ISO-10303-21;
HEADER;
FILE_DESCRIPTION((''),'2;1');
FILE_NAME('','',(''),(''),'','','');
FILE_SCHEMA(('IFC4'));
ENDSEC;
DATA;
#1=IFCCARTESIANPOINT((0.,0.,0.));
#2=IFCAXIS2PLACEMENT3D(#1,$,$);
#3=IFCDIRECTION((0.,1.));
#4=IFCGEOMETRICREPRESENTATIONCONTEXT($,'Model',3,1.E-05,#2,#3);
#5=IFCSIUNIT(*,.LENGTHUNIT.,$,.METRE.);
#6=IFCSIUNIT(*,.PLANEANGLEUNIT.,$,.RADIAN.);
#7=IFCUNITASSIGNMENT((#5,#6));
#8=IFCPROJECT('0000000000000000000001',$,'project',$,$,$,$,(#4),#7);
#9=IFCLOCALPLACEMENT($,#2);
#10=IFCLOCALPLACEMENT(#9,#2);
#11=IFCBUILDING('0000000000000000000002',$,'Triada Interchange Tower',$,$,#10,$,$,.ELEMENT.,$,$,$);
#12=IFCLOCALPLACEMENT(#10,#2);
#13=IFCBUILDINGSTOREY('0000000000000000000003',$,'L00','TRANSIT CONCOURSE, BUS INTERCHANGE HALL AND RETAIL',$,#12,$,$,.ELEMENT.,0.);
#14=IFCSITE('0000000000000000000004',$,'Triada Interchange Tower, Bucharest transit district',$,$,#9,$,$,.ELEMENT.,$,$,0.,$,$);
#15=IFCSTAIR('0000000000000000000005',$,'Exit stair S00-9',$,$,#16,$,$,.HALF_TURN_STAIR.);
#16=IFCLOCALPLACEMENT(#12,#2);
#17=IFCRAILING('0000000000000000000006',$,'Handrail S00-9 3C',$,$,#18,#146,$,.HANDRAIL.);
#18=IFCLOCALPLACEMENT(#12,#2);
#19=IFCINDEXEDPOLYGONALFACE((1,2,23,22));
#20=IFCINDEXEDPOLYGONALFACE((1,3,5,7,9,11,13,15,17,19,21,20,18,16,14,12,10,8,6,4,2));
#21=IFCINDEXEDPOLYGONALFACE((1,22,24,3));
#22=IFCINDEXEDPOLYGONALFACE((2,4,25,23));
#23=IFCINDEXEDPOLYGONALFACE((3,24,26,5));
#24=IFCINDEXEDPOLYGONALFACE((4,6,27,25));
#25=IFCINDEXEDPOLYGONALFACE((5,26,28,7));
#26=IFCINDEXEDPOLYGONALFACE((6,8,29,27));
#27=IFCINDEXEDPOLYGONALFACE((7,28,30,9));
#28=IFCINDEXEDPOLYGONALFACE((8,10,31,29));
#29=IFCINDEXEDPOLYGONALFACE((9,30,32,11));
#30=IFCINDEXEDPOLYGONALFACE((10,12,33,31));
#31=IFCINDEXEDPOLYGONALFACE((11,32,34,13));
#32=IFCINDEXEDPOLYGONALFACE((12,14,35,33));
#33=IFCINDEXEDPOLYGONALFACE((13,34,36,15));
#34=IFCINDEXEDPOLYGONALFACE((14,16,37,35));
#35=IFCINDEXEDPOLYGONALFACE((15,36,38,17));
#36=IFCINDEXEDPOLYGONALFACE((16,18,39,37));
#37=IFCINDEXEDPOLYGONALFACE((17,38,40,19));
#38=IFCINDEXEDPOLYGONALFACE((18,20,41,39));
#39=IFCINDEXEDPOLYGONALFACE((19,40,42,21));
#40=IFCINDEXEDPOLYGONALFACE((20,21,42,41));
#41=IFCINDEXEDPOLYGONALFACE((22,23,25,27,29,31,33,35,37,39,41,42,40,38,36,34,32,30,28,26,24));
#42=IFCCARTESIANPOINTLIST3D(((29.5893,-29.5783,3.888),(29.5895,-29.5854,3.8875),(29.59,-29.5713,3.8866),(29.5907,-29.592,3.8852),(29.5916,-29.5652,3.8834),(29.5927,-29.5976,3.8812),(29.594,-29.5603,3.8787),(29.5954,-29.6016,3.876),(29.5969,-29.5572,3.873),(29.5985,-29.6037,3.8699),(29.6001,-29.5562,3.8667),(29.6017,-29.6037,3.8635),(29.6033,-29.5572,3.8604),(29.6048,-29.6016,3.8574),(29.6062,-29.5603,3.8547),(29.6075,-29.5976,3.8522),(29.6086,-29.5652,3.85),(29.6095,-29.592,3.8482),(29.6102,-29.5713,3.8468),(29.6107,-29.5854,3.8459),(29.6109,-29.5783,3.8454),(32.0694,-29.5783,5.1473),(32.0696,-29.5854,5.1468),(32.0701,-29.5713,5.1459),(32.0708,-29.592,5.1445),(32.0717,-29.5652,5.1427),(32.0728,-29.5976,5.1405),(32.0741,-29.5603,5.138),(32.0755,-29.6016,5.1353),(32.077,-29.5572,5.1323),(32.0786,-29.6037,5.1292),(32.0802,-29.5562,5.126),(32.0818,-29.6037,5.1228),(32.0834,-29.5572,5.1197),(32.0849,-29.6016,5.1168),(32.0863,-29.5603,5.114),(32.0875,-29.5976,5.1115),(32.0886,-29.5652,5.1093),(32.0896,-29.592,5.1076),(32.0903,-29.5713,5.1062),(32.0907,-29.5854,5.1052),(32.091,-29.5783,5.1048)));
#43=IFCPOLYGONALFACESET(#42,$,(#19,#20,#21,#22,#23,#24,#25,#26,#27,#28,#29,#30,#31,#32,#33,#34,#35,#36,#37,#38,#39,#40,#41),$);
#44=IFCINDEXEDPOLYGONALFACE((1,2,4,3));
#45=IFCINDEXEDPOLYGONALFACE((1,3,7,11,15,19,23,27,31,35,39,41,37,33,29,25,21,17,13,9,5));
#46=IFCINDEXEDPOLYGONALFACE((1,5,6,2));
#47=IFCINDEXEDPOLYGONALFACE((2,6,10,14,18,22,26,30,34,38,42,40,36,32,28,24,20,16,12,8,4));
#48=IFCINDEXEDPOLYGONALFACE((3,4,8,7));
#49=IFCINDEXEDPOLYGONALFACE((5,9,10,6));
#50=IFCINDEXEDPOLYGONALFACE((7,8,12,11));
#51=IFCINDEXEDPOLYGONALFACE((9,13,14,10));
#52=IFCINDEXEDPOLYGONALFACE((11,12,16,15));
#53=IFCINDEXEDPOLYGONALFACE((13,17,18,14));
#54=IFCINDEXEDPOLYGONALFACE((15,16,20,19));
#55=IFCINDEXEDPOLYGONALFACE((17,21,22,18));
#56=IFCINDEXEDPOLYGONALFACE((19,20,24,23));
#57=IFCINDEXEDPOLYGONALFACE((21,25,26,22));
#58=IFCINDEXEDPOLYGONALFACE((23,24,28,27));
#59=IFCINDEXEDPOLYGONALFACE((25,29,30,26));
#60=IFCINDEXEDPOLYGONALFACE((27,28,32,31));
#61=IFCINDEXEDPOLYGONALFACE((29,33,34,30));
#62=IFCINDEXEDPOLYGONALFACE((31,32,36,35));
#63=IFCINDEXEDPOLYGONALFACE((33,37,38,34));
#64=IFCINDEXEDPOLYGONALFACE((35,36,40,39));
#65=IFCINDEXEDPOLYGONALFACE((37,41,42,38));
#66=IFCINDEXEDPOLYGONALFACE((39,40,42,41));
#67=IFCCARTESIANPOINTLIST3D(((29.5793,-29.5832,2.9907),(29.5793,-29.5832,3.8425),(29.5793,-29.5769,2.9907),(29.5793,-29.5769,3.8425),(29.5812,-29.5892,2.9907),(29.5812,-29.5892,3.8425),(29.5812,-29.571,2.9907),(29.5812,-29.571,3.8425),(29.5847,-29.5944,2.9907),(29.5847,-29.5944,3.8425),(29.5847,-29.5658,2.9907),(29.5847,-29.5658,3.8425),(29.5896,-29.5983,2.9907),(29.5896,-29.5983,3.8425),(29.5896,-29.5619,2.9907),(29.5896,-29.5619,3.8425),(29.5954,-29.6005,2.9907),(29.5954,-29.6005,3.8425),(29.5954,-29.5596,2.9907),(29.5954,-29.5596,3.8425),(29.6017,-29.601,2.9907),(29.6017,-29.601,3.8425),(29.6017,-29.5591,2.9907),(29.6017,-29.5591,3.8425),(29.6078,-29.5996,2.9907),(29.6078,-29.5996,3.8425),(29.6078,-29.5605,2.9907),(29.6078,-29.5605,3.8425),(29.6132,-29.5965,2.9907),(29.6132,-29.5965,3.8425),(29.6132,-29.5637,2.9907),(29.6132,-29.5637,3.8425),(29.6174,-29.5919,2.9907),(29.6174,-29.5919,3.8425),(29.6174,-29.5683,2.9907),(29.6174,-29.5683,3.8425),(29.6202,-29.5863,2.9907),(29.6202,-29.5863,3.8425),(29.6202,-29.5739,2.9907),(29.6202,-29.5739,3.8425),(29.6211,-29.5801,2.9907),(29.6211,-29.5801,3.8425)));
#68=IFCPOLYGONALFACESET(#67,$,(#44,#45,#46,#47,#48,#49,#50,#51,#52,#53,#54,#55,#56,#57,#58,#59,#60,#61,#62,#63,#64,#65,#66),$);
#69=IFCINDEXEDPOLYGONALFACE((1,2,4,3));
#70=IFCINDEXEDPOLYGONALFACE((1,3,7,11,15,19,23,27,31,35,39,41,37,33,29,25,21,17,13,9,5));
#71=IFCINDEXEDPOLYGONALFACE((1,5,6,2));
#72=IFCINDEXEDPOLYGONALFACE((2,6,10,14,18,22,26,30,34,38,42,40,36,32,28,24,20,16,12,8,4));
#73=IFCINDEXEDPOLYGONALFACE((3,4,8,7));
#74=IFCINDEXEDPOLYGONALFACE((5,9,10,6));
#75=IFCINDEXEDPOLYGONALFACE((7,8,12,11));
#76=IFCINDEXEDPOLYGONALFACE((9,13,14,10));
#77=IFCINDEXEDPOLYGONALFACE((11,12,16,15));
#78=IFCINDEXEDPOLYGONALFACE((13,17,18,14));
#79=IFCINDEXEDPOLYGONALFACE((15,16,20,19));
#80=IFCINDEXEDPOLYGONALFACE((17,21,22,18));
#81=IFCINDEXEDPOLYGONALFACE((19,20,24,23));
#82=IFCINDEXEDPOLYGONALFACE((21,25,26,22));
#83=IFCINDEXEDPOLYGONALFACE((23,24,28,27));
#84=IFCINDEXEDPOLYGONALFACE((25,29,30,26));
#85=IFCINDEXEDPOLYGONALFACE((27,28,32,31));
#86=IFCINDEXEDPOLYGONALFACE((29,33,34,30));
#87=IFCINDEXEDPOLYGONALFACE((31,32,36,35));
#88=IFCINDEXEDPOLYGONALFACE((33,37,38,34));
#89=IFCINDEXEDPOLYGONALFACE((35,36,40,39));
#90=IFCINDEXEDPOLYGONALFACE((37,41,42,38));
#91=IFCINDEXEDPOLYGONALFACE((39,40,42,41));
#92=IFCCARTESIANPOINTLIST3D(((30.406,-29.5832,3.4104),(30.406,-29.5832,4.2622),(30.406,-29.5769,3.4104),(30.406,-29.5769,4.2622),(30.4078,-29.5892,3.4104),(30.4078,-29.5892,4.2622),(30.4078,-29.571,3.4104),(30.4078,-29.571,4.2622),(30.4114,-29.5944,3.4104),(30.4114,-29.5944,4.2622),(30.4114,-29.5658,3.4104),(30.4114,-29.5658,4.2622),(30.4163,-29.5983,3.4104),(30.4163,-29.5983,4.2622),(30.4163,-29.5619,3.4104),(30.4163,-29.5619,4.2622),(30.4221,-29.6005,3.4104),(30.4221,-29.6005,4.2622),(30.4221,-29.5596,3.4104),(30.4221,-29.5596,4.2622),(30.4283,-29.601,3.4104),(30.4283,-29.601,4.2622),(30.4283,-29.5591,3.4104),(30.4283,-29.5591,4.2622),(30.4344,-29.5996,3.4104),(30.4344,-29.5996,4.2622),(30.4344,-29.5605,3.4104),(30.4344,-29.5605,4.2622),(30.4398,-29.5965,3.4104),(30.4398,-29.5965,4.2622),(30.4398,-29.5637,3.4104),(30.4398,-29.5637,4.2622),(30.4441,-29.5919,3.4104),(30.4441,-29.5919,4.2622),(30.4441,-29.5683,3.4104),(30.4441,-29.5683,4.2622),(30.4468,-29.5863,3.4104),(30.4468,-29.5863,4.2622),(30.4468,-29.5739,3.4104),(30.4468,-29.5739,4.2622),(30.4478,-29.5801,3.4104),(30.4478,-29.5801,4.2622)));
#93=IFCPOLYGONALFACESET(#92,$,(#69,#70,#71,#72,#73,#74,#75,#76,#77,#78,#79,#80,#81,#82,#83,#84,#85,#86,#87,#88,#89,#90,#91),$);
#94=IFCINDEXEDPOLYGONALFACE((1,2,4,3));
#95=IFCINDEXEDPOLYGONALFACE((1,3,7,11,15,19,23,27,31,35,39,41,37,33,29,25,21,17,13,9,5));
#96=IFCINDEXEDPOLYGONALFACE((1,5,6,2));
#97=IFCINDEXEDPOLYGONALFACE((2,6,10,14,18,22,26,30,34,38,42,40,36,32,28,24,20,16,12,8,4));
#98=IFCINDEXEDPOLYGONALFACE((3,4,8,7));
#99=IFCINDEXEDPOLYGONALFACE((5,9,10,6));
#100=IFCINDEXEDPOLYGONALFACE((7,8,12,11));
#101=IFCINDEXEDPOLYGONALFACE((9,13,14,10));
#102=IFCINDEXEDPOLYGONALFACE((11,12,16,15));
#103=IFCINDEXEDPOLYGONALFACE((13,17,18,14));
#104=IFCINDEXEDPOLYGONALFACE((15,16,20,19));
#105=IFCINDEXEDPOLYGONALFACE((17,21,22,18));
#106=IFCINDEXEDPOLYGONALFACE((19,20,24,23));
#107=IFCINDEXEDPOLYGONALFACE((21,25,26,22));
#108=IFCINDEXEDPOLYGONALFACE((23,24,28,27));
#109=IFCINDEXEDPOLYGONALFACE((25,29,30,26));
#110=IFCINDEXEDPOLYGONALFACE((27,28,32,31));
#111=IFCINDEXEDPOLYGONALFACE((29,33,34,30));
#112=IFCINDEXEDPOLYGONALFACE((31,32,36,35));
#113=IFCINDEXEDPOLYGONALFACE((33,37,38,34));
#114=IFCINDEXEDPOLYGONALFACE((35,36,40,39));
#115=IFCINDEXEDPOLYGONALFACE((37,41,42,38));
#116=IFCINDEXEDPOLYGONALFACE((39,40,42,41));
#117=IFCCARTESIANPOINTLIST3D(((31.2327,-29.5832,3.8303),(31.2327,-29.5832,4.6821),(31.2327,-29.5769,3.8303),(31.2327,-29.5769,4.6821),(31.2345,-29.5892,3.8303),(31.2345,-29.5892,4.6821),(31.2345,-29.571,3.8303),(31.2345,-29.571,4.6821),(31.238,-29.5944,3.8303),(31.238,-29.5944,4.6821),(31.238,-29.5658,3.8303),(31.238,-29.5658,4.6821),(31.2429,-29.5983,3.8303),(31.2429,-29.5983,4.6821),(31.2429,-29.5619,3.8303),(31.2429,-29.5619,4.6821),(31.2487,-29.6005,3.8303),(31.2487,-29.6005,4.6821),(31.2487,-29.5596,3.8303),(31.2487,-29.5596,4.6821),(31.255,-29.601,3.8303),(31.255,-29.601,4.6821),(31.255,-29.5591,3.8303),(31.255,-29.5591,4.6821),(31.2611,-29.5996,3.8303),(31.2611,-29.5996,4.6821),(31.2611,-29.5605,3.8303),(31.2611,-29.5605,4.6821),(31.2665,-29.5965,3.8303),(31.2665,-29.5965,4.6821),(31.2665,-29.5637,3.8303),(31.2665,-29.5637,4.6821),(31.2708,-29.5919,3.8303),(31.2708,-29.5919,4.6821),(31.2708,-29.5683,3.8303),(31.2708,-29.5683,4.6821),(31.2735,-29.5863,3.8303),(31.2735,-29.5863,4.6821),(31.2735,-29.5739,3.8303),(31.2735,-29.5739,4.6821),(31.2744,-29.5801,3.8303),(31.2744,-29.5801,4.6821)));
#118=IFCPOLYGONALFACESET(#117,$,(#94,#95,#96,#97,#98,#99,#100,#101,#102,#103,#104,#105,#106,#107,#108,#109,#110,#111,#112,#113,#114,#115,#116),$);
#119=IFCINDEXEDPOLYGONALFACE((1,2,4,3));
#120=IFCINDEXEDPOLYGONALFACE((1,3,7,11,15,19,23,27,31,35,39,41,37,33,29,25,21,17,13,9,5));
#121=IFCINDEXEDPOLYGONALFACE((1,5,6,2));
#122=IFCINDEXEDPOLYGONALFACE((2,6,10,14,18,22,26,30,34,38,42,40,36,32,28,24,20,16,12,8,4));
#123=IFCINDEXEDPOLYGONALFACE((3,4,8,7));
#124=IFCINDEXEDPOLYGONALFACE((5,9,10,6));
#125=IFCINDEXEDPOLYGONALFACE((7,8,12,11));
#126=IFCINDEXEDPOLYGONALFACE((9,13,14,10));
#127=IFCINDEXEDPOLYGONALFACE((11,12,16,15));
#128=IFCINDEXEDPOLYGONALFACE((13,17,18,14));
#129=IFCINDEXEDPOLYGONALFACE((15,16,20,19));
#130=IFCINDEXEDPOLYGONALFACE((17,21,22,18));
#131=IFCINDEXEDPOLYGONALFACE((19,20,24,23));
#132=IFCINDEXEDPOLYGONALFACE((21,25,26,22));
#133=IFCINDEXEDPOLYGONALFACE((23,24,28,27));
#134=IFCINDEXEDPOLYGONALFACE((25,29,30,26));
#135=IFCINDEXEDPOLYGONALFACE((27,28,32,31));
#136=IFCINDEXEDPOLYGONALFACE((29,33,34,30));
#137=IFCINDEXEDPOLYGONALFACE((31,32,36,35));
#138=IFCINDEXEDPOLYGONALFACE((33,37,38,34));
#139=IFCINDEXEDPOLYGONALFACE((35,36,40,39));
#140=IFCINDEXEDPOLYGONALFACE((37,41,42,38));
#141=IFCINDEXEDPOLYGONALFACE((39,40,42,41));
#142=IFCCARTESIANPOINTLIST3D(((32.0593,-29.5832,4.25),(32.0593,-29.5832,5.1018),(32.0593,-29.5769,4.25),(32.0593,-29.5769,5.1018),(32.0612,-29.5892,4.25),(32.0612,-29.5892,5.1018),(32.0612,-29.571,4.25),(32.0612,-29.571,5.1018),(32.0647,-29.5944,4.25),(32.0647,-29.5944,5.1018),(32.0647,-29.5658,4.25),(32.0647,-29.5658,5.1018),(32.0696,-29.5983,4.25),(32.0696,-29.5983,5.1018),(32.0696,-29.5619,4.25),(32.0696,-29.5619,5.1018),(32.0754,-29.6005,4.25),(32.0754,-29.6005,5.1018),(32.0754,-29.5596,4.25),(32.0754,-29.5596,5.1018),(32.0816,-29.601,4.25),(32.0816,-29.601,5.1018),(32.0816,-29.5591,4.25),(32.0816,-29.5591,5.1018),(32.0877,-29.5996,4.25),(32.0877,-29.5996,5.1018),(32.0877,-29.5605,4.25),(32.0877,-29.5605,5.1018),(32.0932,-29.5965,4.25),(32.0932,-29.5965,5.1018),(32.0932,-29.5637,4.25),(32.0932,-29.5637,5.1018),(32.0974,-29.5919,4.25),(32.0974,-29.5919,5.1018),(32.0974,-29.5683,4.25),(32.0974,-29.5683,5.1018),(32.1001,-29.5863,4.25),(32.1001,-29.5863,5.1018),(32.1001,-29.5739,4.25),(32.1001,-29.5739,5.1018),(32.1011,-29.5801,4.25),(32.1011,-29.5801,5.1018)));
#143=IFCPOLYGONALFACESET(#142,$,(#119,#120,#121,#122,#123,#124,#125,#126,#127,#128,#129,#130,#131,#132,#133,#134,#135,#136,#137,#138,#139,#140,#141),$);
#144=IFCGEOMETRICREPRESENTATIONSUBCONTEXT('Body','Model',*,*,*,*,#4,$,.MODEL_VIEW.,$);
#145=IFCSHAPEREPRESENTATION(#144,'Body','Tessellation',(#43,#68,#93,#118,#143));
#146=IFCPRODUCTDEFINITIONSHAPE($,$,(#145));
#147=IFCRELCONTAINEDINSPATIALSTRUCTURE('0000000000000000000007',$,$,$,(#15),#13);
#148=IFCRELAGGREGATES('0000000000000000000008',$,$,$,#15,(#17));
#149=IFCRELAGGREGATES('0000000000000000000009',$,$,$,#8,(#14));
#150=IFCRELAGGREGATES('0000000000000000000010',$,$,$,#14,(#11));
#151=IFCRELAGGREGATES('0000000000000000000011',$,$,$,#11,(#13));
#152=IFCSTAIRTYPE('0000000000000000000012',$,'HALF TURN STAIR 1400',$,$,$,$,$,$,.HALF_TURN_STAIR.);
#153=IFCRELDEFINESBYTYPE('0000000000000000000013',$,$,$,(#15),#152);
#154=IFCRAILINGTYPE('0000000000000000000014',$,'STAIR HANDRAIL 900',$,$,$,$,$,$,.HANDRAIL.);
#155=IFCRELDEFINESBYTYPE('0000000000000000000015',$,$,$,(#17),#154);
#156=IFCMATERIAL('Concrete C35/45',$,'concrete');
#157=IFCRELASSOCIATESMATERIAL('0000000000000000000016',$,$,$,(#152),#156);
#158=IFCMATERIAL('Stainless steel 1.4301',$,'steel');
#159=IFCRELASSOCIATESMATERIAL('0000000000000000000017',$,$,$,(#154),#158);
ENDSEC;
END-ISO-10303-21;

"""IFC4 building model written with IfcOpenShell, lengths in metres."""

from ifc_helpers import new_model, si_unit, direction, frame, origin, origin_2d, place, context, subcontext, project, spatial, circle, extrude, material, type_object, element, aggregate, save


model = new_model("IFC4")

# Units and contexts
model_context = context("Model", 3, precision=1e-05, world=origin(), true_north=direction((0.0, 1.0)))
body_context = subcontext(model_context, "Body", "Model", "MODEL_VIEW")
ifc_project = project(units=[si_unit("LENGTHUNIT", "METRE"), si_unit("PLANEANGLEUNIT", "RADIAN")], contexts=[model_context])

# Site, building, storey
site_placement = place(None, origin())
site = spatial("IfcSite", under=ifc_project, at=site_placement, Name="Triada Interchange Tower, Bucharest transit district", CompositionType="ELEMENT", RefElevation=0.0)
building_placement = place(site_placement, origin())
building = spatial("IfcBuilding", under=site, at=building_placement, Name="Triada Interchange Tower", CompositionType="ELEMENT")
storey_placement = place(building_placement, origin())
storey = spatial("IfcBuildingStorey", under=building, at=storey_placement, Name="L00", Description="TRANSIT CONCOURSE, BUS INTERCHANGE HALL AND RETAIL", CompositionType="ELEMENT", Elevation=0.0)

# Stair, railing
ifc_material_1 = material(Name="Concrete C35/45", Category="concrete")
stair_type = type_object("IfcStairType", Name="HALF TURN STAIR 1400", PredefinedType="HALF_TURN_STAIR", material=ifc_material_1)
stair_placement = place(storey_placement, origin())
stair = element("IfcStair", 1, at=stair_placement, inside=storey, type_object=stair_type, Name="Exit stair S00-9", PredefinedType="HALF_TURN_STAIR")
ifc_material_2 = material(Name="Stainless steel 1.4301", Category="steel")
railing_type = type_object("IfcRailingType", Name="STAIR HANDRAIL 900", PredefinedType="HANDRAIL", material=ifc_material_2)
railing_1_placement = place(storey_placement, frame((29.6001, -29.5801, 2.9907)))
railing_1 = element("IfcRailing", 2, at=railing_1_placement, type_object=railing_type, Name="Handrail S00-9 3C", PredefinedType="HANDRAIL", context=body_context, shape_type="SweptSolid", body=[
    extrude(circle(Radius=0.0239, at=origin_2d()), frame((0.0, 0.0, 0.876), z_axis=(0.891636, 0.0, 0.452752), x_axis=(0.0, 1.0, 0.0)), (0.0, 0.0, 1.0), 2.7815),
    extrude(circle(Radius=0.021, at=origin_2d()), origin(), (0.0, 0.0, 1.0), 0.8518),
    extrude(circle(Radius=0.021, at=origin_2d()), frame((0.8267, 0.0, 0.4197)), (0.0, 0.0, 1.0), 0.8518),
    extrude(circle(Radius=0.021, at=origin_2d()), frame((1.6533, 0.0, 0.8396)), (0.0, 0.0, 1.0), 0.8518),
    extrude(circle(Radius=0.021, at=origin_2d()), frame((2.48, 0.0, 1.2593)), (0.0, 0.0, 1.0), 0.8518),
])
aggregate(stair, [railing_1])

save(model, "model.ifc")
